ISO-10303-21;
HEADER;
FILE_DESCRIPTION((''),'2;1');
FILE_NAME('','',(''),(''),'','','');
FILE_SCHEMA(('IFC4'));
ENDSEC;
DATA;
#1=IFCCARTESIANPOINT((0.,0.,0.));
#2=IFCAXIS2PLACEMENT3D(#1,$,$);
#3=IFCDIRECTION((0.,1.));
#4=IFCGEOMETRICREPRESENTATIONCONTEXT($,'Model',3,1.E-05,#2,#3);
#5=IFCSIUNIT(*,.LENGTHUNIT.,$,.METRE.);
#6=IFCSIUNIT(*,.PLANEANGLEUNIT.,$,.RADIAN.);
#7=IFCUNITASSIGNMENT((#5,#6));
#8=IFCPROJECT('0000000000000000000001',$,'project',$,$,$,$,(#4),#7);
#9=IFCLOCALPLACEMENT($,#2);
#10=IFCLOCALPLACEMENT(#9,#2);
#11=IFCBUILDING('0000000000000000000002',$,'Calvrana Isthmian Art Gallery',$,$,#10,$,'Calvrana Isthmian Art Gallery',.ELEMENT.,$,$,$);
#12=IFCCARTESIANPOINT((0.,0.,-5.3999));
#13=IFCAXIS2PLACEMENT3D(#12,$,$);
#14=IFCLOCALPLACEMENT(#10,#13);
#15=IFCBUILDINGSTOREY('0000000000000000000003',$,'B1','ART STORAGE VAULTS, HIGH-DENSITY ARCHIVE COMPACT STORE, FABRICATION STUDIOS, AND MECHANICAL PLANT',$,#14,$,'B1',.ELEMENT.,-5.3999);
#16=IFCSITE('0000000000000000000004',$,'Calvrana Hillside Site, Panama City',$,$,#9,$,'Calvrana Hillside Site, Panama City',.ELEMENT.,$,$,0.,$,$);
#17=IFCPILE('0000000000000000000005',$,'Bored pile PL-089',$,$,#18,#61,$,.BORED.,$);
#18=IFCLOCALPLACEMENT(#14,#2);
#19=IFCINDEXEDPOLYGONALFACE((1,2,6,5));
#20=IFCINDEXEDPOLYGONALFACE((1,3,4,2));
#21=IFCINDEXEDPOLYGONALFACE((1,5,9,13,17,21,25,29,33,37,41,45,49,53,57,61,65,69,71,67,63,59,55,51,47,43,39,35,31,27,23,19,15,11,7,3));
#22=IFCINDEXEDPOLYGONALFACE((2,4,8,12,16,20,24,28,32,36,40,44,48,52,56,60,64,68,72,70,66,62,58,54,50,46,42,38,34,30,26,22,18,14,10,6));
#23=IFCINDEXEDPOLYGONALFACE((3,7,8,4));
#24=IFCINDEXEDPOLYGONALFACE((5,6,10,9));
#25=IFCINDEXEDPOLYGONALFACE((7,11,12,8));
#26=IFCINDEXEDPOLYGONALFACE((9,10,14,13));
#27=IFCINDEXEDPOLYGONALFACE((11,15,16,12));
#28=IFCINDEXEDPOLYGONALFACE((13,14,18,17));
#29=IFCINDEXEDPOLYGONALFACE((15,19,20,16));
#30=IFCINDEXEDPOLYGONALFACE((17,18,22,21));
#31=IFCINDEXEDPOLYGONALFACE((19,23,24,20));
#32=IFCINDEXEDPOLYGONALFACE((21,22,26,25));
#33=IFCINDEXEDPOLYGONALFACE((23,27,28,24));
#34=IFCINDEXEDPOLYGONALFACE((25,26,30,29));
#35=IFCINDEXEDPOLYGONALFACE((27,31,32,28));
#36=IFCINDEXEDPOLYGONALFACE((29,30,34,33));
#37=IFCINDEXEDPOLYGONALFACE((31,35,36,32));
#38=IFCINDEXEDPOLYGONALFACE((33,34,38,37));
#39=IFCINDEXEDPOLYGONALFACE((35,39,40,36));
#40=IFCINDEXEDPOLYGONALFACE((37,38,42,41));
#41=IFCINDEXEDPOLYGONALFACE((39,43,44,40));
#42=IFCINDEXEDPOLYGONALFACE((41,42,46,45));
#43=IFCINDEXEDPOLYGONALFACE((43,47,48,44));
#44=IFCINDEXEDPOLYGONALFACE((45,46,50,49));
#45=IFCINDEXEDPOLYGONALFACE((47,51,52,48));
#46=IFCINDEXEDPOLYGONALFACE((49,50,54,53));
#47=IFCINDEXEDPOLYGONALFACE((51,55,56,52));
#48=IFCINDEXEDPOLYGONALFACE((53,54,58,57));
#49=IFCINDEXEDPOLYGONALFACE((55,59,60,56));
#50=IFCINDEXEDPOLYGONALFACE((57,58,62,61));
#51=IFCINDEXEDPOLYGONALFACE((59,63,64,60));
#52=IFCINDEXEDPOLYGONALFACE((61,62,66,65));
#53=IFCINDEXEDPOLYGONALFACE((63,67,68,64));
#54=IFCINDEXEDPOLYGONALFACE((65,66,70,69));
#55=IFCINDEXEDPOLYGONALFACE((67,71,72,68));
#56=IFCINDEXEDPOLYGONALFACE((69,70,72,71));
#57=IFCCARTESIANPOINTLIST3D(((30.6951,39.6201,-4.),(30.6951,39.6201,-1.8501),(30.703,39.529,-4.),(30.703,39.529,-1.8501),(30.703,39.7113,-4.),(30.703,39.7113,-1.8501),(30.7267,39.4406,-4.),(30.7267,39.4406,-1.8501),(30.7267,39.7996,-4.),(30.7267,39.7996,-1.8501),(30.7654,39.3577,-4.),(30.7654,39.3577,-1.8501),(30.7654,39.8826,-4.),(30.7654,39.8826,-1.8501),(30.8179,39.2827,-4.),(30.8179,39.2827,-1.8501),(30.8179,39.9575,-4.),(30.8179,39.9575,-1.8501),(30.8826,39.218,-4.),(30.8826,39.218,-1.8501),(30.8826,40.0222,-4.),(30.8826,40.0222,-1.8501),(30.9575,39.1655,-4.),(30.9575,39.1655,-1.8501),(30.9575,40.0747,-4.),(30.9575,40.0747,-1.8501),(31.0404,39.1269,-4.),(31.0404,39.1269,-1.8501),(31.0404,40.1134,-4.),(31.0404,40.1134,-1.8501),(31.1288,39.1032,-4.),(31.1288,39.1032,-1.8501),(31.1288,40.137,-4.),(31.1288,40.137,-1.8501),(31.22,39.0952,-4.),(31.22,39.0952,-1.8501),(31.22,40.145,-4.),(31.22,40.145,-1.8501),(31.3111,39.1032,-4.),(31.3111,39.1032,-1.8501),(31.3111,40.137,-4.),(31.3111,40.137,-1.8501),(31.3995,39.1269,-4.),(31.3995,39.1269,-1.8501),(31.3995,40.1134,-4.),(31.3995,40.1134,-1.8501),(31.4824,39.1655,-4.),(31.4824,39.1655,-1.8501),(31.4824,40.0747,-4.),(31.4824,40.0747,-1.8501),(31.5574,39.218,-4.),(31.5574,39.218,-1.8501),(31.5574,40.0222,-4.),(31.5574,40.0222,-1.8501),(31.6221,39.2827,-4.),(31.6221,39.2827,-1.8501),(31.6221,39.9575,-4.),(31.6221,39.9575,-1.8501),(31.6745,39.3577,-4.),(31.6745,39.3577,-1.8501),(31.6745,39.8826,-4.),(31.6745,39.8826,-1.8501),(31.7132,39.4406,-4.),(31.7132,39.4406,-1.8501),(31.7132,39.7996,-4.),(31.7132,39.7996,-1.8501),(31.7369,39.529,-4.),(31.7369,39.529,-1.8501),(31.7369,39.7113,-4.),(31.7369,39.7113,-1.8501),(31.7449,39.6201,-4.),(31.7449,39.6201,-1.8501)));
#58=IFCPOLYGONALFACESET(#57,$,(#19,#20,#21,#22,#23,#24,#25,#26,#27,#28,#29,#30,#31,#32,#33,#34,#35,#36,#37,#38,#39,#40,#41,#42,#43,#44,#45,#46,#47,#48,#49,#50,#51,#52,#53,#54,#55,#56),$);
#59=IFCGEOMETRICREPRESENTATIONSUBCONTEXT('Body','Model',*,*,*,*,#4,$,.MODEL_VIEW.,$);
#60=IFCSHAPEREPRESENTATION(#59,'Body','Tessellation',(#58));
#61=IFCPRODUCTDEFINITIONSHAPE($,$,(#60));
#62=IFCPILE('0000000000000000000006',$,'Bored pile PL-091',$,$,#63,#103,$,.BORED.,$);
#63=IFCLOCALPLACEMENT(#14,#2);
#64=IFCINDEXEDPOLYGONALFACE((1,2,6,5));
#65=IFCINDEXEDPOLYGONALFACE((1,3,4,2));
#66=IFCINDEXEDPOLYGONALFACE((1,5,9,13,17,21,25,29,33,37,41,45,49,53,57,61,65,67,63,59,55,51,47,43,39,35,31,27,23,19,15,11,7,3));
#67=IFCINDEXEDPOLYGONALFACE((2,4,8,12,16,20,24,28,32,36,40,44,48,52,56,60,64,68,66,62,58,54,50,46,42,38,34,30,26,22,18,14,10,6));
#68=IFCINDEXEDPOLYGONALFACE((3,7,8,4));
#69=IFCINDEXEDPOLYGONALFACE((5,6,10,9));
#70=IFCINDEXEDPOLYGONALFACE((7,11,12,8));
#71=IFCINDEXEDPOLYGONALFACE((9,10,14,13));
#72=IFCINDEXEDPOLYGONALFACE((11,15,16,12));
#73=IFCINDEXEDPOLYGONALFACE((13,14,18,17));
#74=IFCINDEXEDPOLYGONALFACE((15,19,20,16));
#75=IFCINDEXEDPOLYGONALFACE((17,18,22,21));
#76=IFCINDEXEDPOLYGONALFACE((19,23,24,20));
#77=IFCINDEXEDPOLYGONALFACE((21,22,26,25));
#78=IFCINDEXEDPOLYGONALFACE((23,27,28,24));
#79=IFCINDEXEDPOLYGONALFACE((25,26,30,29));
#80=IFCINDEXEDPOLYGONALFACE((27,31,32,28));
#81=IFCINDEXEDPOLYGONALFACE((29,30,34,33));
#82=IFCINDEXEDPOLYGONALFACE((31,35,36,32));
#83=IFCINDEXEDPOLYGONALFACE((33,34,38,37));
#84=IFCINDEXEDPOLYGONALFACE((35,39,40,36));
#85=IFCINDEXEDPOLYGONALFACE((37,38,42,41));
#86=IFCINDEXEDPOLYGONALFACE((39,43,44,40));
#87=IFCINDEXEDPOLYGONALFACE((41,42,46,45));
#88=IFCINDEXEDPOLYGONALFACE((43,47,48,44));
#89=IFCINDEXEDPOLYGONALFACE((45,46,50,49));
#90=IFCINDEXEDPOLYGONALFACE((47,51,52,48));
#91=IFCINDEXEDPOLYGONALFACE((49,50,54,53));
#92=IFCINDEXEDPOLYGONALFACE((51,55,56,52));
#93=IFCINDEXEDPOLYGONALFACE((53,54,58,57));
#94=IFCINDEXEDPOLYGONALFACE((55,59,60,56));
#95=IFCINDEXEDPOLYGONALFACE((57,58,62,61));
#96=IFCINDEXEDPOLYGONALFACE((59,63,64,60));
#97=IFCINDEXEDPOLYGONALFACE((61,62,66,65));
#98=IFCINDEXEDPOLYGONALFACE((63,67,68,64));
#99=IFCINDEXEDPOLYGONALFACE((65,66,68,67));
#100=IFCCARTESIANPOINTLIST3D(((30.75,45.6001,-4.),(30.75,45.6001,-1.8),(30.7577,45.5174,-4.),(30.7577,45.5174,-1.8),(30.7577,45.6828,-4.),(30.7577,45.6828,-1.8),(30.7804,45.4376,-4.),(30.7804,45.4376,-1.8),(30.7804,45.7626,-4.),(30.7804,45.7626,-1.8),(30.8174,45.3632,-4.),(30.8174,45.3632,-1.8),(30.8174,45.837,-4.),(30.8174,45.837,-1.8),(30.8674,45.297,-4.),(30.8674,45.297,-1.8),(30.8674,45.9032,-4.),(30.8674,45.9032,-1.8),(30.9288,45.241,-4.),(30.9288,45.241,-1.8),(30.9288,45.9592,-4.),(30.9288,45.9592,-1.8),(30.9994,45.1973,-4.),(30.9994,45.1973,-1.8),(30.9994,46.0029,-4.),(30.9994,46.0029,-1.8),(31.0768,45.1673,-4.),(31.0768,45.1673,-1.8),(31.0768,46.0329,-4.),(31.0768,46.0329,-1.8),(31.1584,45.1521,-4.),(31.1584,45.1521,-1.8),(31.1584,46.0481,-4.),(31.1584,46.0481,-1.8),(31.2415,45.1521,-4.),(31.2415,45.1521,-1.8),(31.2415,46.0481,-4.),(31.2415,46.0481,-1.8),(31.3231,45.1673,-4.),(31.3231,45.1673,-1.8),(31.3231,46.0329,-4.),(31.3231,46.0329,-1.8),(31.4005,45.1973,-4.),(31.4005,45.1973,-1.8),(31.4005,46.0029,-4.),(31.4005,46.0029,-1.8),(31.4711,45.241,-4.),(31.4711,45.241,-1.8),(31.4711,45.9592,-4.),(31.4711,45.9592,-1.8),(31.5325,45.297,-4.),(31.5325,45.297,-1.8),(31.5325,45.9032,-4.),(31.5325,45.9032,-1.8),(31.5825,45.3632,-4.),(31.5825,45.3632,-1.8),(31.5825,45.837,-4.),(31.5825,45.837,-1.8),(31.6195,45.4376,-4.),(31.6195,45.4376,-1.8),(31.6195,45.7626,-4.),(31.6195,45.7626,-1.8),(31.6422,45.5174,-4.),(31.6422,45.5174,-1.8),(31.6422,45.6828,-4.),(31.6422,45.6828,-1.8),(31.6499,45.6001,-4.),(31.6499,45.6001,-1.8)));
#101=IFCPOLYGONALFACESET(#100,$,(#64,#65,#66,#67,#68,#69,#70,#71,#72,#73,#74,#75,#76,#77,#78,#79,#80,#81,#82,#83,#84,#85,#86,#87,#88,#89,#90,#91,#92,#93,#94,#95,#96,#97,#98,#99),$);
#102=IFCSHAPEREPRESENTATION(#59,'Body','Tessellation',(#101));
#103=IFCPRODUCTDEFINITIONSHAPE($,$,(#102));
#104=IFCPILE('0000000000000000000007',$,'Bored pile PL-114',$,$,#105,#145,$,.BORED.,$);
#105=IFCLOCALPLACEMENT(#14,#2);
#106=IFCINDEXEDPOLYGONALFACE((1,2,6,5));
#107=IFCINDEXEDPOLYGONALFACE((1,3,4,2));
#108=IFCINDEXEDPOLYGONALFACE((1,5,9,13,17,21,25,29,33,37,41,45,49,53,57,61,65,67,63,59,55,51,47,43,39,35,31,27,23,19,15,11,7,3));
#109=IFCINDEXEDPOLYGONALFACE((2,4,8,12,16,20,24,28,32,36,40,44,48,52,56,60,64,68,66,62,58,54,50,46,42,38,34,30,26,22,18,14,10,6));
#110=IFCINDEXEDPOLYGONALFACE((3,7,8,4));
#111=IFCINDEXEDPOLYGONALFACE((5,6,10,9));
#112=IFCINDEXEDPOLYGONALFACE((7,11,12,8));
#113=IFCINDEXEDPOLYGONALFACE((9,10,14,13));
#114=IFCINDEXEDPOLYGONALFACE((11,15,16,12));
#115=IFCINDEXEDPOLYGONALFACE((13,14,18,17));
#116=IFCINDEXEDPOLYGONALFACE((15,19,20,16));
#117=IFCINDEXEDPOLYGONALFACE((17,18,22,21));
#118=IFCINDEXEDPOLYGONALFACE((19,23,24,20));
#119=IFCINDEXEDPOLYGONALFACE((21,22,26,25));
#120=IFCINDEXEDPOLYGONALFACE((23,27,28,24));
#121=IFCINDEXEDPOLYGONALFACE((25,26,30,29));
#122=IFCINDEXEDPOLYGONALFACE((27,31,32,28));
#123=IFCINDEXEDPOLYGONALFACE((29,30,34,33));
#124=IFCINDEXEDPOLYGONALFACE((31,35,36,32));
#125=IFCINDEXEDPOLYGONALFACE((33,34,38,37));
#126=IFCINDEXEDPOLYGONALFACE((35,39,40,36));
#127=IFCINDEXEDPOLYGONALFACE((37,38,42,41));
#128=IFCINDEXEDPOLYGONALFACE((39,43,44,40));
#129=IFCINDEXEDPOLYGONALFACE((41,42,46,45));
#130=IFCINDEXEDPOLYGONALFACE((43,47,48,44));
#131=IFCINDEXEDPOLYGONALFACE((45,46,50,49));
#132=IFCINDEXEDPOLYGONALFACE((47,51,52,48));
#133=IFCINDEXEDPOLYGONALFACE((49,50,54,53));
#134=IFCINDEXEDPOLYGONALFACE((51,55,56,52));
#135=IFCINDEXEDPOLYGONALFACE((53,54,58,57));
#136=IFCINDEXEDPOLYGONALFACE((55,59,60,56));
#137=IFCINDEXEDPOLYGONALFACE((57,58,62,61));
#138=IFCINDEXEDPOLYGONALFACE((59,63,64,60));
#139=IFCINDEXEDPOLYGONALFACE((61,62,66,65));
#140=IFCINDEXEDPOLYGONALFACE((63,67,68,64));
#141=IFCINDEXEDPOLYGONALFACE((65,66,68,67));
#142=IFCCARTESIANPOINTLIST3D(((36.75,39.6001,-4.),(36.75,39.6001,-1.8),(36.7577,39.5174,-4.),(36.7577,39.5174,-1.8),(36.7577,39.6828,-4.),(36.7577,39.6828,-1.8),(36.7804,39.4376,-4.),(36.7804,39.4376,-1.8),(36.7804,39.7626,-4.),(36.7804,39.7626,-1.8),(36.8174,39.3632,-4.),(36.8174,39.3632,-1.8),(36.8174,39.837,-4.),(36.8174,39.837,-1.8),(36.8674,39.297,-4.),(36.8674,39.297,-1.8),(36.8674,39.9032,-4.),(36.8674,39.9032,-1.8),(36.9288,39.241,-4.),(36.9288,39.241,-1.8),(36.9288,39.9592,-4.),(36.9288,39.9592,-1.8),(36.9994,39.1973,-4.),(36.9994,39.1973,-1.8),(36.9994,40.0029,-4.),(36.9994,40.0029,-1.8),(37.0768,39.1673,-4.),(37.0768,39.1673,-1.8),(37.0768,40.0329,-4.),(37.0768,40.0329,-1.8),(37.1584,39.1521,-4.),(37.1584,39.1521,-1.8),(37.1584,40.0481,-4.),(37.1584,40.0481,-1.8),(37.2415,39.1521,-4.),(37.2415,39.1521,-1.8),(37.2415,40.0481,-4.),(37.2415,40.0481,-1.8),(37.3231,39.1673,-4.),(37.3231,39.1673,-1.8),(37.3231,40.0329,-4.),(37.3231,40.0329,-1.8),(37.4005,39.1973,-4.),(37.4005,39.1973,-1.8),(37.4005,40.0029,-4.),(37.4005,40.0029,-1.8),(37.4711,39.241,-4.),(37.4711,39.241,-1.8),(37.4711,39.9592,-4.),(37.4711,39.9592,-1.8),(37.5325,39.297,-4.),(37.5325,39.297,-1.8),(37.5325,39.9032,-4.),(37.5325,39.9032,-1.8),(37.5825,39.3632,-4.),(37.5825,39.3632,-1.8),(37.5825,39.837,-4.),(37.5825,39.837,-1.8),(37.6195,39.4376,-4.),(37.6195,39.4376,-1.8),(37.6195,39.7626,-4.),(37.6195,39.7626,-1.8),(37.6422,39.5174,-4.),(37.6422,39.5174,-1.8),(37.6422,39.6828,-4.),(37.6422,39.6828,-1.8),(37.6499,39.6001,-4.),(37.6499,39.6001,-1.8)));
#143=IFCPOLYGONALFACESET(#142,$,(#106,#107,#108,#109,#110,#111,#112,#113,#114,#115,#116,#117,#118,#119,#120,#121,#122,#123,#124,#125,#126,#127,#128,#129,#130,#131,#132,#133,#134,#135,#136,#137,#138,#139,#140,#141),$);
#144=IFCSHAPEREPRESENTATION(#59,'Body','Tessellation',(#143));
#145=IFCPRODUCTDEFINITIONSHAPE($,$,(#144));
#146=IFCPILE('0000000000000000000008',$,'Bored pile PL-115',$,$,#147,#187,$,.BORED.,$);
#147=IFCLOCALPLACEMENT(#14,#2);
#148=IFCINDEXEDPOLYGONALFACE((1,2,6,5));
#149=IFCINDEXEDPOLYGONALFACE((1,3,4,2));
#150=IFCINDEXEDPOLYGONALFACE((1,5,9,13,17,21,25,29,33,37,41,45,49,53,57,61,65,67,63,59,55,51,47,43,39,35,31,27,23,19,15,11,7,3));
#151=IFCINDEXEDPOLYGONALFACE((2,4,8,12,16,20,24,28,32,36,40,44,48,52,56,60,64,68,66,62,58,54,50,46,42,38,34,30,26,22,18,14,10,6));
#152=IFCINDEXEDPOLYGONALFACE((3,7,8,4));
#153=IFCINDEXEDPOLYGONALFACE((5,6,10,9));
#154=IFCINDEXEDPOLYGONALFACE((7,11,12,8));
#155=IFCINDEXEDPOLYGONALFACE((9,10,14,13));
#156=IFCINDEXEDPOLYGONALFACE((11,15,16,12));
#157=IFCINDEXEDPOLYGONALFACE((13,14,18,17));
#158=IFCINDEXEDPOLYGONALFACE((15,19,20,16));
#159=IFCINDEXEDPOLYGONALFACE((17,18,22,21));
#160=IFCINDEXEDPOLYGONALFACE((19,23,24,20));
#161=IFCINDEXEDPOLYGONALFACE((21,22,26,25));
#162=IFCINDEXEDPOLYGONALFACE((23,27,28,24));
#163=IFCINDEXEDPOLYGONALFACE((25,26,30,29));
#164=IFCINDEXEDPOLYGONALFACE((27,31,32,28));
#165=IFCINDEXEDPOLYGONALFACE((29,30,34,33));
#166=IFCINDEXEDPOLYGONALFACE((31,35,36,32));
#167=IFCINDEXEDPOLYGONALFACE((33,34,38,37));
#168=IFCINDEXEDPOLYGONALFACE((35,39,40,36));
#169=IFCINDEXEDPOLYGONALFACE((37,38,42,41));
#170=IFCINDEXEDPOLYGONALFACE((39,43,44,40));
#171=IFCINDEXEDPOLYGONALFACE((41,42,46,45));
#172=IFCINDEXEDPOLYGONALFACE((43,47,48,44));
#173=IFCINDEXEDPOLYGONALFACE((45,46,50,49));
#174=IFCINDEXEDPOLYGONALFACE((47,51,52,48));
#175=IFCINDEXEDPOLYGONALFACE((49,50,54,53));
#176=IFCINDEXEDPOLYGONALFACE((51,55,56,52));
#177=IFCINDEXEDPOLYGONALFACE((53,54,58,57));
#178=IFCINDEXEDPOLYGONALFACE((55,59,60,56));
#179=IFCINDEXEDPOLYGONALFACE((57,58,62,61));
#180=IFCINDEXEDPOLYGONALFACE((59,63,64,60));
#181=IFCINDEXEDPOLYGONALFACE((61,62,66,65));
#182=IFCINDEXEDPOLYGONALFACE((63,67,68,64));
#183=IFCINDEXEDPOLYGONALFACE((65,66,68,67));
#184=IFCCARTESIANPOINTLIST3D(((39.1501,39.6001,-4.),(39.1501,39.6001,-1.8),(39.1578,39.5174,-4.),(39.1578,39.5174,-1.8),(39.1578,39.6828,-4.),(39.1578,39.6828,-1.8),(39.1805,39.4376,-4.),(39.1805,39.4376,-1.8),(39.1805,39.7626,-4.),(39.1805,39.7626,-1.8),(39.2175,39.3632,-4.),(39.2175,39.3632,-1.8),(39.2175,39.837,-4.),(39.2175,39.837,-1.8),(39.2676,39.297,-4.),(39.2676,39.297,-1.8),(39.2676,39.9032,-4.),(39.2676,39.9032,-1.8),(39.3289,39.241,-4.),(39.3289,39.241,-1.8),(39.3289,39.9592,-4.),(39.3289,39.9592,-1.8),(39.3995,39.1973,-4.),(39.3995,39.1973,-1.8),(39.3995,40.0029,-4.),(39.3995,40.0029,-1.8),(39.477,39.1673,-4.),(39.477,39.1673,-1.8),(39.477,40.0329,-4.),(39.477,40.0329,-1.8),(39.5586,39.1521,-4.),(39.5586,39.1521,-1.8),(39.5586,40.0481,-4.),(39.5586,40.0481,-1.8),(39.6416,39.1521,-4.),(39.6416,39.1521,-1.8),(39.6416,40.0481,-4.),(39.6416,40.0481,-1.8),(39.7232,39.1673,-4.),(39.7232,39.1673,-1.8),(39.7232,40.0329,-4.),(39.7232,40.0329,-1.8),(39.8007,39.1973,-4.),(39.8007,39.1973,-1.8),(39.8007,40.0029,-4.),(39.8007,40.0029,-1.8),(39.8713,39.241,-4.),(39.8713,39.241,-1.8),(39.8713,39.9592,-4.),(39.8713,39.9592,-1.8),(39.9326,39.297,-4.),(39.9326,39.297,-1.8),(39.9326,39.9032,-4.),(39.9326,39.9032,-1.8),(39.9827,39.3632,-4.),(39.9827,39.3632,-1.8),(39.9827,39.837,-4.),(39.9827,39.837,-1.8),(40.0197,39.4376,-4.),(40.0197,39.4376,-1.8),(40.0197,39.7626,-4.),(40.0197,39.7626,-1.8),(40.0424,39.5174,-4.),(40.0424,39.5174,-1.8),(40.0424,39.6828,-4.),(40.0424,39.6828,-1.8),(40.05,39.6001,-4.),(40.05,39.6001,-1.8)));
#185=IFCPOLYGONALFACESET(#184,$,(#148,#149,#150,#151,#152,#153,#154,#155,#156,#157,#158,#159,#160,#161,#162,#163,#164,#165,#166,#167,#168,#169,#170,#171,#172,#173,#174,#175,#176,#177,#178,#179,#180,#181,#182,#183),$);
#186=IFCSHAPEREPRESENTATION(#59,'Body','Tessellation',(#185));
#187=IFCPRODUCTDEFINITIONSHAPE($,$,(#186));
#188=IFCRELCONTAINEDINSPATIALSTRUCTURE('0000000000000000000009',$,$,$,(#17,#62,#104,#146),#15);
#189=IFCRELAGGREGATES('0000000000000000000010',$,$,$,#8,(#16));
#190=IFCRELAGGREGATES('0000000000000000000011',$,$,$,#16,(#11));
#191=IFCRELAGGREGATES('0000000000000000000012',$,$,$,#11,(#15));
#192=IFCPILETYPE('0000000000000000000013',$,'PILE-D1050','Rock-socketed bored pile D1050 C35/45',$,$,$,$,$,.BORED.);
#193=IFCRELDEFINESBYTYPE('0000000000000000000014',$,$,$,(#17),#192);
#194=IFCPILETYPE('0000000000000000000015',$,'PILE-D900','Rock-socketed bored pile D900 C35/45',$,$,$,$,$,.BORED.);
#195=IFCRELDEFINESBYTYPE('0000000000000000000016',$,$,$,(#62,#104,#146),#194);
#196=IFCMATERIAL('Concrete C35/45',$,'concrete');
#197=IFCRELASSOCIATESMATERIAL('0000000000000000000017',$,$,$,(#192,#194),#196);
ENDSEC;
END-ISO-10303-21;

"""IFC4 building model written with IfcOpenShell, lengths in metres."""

from ifc_helpers import new_model, si_unit, direction, frame, origin, origin_2d, place, context, subcontext, project, spatial, circle, extrude, material, material_profile, profile_set, type_object, element, save


model = new_model("IFC4")

# Units and contexts
model_context = context("Model", 3, precision=1e-05, world=origin(), true_north=direction((0.0, 1.0)))
body_context = subcontext(model_context, "Body", "Model", "MODEL_VIEW")
ifc_project = project(units=[si_unit("LENGTHUNIT", "METRE"), si_unit("PLANEANGLEUNIT", "RADIAN")], contexts=[model_context])

# Site, building, storey
site_placement = place(None, origin())
site = spatial("IfcSite", under=ifc_project, at=site_placement, Name="Calvrana Hillside Site, Panama City", LongName="Calvrana Hillside Site, Panama City", CompositionType="ELEMENT", RefElevation=0.0)
building_placement = place(site_placement, origin())
building = spatial("IfcBuilding", under=site, at=building_placement, Name="Calvrana Isthmian Art Gallery", LongName="Calvrana Isthmian Art Gallery", CompositionType="ELEMENT")
storey_placement = place(building_placement, frame((0.0, 0.0, -5.3999)))
storey = spatial("IfcBuildingStorey", under=building, at=storey_placement, Name="B1", Description="ART STORAGE VAULTS, HIGH-DENSITY ARCHIVE COMPACT STORE, FABRICATION STUDIOS, AND MECHANICAL PLANT", LongName="B1", CompositionType="ELEMENT", Elevation=-5.3999)

# Piles
ifc_material_1 = material(Name="Concrete C35/45", Category="concrete")
ifc_material_profile_1 = material_profile(ifc_material_1, circle(Radius=0.5249, at=origin_2d()), Name="PILE1050D")
ifc_profile_set_1 = profile_set([ifc_material_profile_1], Name="Concrete C35/45")
pile_type_1 = type_object("IfcPileType", Name="PILE-D1050", Description="Rock-socketed bored pile D1050 C35/45", PredefinedType="BORED", material=ifc_profile_set_1)
pile_placement = place(storey_placement, frame((31.22, 39.6201, -1.8501), z_axis=(0.0, 0.0, -1.0), x_axis=(1.0, 0.0, 0.0)))
element("IfcPile", 1, at=pile_placement, inside=storey, type_object=pile_type_1, Name="Bored pile PL-089", PredefinedType="BORED", context=body_context, shape_type="SweptSolid", body=[
    extrude(circle(Radius=0.5249, at=origin_2d()), origin(), (0.0, 0.0, 1.0), 2.1499),
])
ifc_material_profile_2 = material_profile(ifc_material_1, circle(Radius=0.45, at=origin_2d()), Name="PILE900D")
ifc_profile_set_2 = profile_set([ifc_material_profile_2], Name="Concrete C35/45")
pile_type_2 = type_object("IfcPileType", Name="PILE-D900", Description="Rock-socketed bored pile D900 C35/45", PredefinedType="BORED", material=ifc_profile_set_2)
for number, where, z_axis, x_axis, name in (
    (2, (31.2, 45.6001, -1.8), (0.0, 0.0, -1.0), (1.0, 0.0, 0.0), "Bored pile PL-091"),
    (3, (37.2, 39.6001, -1.8), (0.0, 0.0, -1.0), (1.0, 0.0, 0.0), "Bored pile PL-114"),
    (4, (39.6001, 39.6001, -1.8), (0.0, 0.0, -1.0), (1.0, 0.0, 0.0), "Bored pile PL-115"),
):
    element("IfcPile", number, at=place(storey_placement, frame(where, z_axis=z_axis, x_axis=x_axis)), inside=storey, type_object=pile_type_2, Name=name, PredefinedType="BORED", context=body_context, shape_type="SweptSolid", body=[
        extrude(circle(Radius=0.45, at=origin_2d()), origin(), (0.0, 0.0, 1.0), 2.2),
    ])

save(model, "model.ifc")
